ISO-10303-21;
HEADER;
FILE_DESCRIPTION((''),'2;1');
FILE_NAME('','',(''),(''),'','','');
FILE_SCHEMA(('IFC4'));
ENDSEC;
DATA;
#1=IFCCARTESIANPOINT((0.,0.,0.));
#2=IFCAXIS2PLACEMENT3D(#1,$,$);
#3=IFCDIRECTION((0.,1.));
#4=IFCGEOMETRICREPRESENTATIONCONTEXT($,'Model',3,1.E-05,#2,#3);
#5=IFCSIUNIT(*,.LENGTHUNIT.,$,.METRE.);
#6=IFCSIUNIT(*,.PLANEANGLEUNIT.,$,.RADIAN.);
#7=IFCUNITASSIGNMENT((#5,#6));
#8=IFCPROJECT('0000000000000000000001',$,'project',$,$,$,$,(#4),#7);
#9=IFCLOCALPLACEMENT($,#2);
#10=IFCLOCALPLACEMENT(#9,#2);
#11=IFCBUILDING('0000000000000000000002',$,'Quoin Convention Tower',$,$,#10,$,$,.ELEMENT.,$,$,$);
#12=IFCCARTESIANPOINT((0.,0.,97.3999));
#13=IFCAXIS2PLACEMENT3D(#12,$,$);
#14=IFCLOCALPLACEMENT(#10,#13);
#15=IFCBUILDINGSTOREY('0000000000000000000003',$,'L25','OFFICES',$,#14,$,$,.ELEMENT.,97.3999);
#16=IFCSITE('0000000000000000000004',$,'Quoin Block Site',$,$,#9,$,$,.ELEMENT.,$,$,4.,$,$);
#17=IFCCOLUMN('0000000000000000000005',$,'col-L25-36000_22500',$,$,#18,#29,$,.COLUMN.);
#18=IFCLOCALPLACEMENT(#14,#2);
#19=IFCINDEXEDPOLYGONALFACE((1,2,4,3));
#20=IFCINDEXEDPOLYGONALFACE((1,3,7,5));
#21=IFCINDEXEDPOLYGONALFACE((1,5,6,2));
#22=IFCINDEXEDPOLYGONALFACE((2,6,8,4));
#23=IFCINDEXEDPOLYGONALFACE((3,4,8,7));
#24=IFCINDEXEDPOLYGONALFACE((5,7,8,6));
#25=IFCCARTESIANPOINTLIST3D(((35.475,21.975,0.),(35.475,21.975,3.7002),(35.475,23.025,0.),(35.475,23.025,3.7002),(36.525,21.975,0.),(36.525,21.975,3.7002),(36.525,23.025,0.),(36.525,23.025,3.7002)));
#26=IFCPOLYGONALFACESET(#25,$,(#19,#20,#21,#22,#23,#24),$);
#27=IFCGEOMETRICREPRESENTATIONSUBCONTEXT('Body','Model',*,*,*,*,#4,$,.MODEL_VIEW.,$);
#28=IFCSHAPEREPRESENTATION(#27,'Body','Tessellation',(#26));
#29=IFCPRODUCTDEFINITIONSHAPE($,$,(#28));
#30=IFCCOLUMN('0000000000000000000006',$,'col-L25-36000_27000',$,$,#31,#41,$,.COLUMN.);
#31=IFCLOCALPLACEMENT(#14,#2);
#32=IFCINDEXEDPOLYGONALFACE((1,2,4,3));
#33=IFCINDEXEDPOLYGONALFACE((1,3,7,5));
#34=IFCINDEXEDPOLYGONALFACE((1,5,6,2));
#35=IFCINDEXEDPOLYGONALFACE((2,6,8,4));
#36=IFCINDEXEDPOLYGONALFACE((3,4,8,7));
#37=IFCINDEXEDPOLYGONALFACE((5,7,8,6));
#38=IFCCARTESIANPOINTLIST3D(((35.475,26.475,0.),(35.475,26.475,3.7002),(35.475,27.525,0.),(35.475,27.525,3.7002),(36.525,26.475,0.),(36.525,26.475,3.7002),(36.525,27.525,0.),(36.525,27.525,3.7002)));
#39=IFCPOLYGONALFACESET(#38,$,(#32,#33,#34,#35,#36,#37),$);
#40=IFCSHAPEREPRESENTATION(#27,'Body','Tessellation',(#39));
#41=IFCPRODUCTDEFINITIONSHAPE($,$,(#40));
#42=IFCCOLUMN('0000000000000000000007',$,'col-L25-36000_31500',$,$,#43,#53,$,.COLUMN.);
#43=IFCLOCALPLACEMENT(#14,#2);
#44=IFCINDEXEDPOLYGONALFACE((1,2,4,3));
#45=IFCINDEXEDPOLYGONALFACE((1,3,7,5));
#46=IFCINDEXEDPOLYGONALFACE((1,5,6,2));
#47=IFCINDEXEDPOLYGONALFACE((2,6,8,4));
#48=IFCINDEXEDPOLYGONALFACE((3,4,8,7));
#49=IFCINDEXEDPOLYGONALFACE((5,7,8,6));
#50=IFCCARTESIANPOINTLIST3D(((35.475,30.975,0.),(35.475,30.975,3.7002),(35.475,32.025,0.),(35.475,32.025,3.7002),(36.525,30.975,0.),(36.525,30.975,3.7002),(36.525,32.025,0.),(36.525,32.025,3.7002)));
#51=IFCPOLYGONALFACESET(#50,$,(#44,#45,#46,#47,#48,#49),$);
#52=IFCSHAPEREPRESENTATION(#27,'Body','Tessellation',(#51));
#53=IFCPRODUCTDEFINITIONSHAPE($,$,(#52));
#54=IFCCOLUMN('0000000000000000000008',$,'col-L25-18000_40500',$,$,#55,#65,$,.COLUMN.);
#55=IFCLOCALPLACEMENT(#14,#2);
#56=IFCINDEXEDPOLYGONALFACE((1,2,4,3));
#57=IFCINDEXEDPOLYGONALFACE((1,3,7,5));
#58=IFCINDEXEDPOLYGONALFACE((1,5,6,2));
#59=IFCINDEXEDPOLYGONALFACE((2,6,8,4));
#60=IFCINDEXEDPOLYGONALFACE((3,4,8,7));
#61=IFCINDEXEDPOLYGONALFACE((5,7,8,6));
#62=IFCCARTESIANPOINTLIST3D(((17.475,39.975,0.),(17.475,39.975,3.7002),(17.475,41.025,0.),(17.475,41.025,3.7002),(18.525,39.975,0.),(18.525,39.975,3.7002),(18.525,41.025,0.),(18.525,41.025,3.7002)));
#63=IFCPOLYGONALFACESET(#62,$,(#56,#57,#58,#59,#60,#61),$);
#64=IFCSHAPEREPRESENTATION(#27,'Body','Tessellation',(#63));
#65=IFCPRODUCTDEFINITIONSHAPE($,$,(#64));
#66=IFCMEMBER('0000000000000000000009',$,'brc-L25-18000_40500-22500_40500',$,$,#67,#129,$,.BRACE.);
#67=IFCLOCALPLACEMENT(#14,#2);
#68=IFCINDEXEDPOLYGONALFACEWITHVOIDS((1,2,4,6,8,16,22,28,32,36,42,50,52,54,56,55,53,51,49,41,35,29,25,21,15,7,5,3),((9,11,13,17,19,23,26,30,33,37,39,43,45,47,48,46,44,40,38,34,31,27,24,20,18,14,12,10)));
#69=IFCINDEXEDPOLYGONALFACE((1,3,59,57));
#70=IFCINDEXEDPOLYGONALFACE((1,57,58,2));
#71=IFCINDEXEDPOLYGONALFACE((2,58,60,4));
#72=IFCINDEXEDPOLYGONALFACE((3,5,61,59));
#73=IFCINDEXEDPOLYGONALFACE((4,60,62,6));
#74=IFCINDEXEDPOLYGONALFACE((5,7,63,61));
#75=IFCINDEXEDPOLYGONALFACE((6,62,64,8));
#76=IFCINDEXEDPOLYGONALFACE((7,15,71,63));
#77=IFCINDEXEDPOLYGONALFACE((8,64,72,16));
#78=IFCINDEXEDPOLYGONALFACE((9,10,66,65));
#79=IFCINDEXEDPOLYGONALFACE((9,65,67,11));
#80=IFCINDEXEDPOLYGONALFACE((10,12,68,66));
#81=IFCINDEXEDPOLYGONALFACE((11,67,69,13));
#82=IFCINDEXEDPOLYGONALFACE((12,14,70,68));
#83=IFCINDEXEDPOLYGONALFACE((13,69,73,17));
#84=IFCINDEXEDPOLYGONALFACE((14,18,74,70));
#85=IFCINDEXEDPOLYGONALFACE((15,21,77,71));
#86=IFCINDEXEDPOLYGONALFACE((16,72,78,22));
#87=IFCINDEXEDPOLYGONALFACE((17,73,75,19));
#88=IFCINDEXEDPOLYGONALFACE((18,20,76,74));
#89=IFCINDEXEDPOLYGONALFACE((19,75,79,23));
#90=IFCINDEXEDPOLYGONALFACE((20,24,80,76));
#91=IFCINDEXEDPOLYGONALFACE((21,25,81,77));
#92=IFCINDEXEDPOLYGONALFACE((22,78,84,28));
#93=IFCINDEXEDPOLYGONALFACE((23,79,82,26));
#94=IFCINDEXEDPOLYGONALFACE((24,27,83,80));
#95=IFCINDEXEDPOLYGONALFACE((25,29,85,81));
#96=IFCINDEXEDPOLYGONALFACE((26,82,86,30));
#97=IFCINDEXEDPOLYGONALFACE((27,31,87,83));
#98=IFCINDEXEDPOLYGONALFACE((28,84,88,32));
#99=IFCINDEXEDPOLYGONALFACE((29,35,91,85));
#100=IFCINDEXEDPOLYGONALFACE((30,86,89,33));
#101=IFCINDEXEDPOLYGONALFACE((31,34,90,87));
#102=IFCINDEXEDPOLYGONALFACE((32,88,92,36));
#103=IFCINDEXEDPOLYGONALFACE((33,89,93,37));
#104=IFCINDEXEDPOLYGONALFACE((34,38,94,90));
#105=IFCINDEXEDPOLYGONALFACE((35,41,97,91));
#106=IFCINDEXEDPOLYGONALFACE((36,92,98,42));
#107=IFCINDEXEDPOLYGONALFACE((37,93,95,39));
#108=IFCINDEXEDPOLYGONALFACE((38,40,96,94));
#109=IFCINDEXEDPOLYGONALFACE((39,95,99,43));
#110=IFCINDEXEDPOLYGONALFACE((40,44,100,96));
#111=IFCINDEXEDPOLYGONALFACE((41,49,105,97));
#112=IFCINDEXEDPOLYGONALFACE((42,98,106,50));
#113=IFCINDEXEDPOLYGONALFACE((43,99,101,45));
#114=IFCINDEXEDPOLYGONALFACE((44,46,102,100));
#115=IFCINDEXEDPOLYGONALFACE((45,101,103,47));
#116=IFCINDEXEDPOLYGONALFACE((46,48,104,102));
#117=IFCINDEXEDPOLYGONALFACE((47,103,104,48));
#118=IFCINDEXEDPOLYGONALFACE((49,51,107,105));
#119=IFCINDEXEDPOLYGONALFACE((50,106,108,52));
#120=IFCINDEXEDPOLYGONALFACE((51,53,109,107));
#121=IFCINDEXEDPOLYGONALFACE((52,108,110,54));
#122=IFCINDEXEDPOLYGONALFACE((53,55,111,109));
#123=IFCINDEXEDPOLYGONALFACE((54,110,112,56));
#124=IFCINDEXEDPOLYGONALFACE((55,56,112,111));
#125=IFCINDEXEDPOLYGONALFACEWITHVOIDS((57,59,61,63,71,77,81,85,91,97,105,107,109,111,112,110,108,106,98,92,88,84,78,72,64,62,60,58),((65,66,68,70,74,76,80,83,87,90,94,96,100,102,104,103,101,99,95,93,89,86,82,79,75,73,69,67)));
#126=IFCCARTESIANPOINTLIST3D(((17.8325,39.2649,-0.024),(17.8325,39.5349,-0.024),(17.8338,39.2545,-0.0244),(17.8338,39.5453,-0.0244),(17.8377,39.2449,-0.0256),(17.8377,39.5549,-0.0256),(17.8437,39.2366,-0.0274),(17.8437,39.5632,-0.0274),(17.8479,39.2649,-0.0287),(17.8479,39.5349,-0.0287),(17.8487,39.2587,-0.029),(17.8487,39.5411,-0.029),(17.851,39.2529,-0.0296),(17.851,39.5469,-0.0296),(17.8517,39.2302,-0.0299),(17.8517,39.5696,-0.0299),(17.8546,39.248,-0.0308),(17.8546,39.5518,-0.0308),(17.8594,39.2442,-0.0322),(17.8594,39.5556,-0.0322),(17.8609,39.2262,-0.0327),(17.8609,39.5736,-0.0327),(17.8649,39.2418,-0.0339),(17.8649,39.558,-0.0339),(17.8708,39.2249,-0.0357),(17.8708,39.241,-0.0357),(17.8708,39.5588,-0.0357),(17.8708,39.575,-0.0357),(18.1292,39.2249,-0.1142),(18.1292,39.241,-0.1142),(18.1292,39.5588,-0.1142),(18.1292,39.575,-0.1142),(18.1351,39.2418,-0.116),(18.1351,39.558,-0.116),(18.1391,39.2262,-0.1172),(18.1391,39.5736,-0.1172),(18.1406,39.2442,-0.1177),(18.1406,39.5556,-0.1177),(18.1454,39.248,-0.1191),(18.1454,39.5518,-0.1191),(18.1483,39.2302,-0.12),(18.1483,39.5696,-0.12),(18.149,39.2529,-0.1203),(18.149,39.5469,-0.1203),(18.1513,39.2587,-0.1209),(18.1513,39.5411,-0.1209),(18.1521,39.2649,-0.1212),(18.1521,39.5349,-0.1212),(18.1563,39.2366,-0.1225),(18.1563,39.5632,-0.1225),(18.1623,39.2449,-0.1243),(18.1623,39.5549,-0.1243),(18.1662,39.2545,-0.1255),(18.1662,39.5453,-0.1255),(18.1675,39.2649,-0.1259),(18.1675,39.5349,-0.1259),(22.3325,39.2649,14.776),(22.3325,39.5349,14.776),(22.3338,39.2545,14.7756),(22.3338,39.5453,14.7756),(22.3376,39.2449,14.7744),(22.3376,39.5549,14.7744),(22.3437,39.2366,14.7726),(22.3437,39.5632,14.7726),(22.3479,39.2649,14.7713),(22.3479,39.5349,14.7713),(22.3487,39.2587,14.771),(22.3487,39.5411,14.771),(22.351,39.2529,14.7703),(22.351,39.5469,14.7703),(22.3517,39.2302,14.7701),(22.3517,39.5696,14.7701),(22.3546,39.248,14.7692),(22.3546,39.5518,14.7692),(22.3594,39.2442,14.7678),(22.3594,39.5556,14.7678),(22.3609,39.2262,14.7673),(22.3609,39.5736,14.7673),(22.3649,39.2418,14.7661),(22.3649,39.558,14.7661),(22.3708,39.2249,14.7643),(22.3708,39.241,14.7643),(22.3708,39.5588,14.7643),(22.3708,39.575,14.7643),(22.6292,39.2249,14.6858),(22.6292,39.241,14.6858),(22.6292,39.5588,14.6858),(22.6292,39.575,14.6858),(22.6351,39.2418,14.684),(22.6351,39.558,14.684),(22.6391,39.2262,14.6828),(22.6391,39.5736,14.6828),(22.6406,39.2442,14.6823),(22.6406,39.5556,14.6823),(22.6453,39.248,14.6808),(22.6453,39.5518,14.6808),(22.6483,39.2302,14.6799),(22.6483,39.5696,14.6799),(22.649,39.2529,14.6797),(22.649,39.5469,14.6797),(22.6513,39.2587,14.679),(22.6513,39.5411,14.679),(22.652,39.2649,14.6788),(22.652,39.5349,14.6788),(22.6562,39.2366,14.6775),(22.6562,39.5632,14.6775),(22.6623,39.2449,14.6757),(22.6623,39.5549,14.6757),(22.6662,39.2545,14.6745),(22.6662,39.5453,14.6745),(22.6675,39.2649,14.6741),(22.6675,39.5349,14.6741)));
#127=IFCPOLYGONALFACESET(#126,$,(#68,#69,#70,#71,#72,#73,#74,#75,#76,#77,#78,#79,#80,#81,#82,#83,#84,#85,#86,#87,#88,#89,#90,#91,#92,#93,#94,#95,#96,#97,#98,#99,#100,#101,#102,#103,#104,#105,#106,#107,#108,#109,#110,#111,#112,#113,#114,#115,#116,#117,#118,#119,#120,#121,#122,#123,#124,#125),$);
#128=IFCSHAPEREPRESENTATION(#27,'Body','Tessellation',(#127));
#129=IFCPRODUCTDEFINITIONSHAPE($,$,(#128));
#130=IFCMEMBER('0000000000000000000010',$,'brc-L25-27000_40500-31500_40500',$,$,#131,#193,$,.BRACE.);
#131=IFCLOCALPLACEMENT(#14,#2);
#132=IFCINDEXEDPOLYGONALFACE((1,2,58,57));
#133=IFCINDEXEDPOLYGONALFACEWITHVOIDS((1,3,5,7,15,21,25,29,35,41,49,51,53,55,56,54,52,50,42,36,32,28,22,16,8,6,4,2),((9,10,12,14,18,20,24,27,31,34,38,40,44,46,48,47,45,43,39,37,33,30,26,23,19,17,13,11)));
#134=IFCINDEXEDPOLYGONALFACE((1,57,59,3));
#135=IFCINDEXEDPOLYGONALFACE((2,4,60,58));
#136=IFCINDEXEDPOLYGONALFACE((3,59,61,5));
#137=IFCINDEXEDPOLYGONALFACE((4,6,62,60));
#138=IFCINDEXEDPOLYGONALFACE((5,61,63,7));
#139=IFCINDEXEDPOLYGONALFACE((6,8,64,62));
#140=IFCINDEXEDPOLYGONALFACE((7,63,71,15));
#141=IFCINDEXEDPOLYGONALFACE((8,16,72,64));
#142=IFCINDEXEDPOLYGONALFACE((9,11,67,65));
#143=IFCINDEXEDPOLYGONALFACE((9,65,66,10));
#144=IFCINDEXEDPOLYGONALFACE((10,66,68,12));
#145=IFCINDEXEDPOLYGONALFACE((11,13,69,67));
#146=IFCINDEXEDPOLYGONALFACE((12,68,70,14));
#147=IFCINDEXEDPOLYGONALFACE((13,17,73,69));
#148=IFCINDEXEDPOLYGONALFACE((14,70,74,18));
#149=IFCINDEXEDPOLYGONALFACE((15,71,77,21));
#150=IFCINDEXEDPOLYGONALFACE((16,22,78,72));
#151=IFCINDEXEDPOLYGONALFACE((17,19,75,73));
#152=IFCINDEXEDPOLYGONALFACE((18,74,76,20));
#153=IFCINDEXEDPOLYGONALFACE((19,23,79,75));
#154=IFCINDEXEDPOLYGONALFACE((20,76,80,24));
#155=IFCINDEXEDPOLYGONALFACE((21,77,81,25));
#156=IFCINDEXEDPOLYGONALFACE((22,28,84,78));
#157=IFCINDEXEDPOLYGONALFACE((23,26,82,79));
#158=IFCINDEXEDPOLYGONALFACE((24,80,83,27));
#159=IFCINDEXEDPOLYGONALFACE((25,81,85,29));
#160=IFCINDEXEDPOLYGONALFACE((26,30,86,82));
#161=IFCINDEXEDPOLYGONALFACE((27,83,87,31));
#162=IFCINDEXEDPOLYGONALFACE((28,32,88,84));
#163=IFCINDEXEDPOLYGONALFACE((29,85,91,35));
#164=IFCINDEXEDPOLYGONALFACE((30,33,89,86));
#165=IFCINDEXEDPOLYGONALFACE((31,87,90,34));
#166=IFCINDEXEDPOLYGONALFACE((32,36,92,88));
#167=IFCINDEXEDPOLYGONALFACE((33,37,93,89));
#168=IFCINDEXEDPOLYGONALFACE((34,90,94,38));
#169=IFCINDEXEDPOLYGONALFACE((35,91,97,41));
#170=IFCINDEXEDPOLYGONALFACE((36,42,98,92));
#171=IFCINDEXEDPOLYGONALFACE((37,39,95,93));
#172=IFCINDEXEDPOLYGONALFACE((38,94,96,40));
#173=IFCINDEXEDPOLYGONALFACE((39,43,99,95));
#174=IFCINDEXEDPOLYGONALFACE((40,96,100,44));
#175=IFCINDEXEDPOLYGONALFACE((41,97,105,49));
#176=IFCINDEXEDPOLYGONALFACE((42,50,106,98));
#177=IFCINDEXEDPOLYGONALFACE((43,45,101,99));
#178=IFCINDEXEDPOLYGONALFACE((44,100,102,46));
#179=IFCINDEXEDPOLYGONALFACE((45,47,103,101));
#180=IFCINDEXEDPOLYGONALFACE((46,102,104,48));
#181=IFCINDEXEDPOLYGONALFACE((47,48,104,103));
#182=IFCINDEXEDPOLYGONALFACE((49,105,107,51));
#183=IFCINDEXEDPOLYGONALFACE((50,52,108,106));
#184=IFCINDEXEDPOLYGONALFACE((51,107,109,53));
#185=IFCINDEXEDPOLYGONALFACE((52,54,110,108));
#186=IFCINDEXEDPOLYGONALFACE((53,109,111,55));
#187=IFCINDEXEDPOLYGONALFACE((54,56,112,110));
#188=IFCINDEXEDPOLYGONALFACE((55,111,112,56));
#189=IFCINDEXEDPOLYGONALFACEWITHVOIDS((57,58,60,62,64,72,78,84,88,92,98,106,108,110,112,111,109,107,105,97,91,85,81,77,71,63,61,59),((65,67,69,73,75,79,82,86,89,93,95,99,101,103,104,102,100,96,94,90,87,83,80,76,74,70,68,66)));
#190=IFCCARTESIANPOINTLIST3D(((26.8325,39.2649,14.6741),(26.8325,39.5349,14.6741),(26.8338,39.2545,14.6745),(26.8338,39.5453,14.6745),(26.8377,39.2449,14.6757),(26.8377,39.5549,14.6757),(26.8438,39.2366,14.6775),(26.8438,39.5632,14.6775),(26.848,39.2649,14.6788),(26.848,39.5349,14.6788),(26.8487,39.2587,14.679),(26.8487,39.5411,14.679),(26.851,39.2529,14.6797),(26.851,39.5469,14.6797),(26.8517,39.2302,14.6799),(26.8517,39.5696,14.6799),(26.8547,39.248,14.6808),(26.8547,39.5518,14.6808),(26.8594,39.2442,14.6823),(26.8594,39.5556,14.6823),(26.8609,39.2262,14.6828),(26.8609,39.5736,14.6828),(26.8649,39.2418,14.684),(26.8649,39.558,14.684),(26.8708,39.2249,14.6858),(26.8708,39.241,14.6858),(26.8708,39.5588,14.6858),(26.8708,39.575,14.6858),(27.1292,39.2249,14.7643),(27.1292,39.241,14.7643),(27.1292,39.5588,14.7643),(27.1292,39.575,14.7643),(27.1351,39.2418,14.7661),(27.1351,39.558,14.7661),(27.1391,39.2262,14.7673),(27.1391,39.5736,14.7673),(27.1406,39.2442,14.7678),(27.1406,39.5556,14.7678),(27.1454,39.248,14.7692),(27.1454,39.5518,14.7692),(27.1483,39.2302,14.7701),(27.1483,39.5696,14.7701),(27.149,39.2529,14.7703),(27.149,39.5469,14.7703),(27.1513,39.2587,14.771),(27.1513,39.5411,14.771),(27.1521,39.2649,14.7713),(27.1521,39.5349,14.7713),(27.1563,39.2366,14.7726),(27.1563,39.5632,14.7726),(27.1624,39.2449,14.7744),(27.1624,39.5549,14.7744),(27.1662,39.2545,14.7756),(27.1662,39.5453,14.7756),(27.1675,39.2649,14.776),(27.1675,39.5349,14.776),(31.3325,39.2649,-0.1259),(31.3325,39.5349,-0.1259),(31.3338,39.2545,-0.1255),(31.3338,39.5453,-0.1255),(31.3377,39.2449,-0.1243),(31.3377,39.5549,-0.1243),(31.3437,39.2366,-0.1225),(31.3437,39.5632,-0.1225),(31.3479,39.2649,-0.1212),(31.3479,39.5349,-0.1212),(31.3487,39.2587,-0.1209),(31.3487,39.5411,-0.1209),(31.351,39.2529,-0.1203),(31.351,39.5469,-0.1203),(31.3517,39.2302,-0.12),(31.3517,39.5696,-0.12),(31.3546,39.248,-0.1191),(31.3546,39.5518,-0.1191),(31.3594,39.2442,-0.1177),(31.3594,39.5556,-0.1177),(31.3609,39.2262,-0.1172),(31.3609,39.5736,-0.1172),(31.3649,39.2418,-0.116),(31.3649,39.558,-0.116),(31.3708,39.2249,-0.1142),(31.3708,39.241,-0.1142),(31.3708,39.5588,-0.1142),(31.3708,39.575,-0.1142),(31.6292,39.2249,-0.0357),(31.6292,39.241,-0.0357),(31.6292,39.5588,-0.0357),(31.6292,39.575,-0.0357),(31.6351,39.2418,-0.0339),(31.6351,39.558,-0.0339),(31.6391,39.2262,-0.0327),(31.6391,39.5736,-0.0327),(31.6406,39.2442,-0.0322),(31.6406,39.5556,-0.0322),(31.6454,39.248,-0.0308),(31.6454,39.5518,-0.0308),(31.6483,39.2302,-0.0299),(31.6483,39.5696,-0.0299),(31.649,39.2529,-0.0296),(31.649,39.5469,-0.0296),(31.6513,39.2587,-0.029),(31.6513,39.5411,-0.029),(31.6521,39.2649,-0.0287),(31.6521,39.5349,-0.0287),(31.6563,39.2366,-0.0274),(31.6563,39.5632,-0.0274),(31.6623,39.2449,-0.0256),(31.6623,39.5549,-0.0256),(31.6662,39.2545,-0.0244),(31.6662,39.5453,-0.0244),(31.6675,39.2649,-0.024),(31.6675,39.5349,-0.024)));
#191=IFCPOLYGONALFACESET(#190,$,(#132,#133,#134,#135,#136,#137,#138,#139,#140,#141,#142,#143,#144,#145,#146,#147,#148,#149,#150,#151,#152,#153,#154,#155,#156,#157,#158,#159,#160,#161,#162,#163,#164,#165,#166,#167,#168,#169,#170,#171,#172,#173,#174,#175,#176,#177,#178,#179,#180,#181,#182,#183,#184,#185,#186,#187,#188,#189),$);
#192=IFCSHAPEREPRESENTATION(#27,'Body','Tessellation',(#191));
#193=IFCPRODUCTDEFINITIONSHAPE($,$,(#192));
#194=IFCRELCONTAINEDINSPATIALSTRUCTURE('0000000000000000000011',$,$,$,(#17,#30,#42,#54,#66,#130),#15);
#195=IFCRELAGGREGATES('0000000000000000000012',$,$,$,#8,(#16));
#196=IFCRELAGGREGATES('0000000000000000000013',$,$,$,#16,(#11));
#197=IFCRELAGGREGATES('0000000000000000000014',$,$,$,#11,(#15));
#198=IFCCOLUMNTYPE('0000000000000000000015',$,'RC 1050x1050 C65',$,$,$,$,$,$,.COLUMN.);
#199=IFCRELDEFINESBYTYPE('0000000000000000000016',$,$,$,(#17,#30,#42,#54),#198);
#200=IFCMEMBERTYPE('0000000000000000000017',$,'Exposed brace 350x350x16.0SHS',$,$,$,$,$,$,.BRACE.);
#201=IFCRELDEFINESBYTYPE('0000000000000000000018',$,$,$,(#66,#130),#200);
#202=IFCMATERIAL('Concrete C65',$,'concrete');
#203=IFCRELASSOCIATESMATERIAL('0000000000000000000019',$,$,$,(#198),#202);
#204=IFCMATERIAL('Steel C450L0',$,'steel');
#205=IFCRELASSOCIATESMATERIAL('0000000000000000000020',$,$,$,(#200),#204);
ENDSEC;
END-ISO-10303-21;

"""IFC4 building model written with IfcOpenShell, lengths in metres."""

from ifc_helpers import new_model, si_unit, direction, frame, origin, origin_2d, place, context, subcontext, project, spatial, rectangle, hollow_rectangle, extrude, material, material_profile, profile_set, type_object, element, save


model = new_model("IFC4")

# Units and contexts
model_context = context("Model", 3, precision=1e-05, world=origin(), true_north=direction((0.0, 1.0)))
body_context = subcontext(model_context, "Body", "Model", "MODEL_VIEW")
ifc_project = project(units=[si_unit("LENGTHUNIT", "METRE"), si_unit("PLANEANGLEUNIT", "RADIAN")], contexts=[model_context])

# Site, building, storey
site_placement = place(None, origin())
site = spatial("IfcSite", under=ifc_project, at=site_placement, Name="Quoin Block Site", CompositionType="ELEMENT", RefElevation=4.0)
building_placement = place(site_placement, origin())
building = spatial("IfcBuilding", under=site, at=building_placement, Name="Quoin Convention Tower", CompositionType="ELEMENT")
storey_placement = place(building_placement, frame((0.0, 0.0, 97.3999)))
storey = spatial("IfcBuildingStorey", under=building, at=storey_placement, Name="L25", Description="OFFICES", CompositionType="ELEMENT", Elevation=97.3999)

# Columns
ifc_material_1 = material(Name="Concrete C65", Category="concrete")
ifc_material_profile_1 = material_profile(ifc_material_1, rectangle(XDim=1.05, YDim=1.05, at=origin_2d()), Name="RC 1050x1050")
ifc_profile_set_1 = profile_set([ifc_material_profile_1], Name="Concrete C65")
column_type = type_object("IfcColumnType", Name="RC 1050x1050 C65", PredefinedType="COLUMN", material=ifc_profile_set_1)
for number, where, z_axis, x_axis, name in (
    (1, (36.0, 22.5, 0.0), (0.0, 0.0, 1.0), (1.0, 0.0, 0.0), "col-L25-36000_22500"),
    (2, (36.0, 27.0, 0.0), (0.0, 0.0, 1.0), (1.0, 0.0, 0.0), "col-L25-36000_27000"),
    (3, (36.0, 31.5, 0.0), (0.0, 0.0, 1.0), (1.0, 0.0, 0.0), "col-L25-36000_31500"),
    (4, (18.0, 40.5, 0.0), (0.0, 0.0, 1.0), (1.0, 0.0, 0.0), "col-L25-18000_40500"),
):
    element("IfcColumn", number, at=place(storey_placement, frame(where, z_axis=z_axis, x_axis=x_axis)), inside=storey, type_object=column_type, Name=name, PredefinedType="COLUMN", context=body_context, shape_type="SweptSolid", body=[
        extrude(rectangle(XDim=1.05, YDim=1.05, at=origin_2d()), origin(), (0.0, 0.0, 1.0), 3.7002),
    ])

# Members
ifc_material_2 = material(Name="Steel C450L0", Category="steel")
ifc_material_profile_2 = material_profile(ifc_material_2, hollow_rectangle(XDim=0.3501, YDim=0.3501, WallThickness=0.0161, InnerFilletRadius=0.0239, OuterFilletRadius=0.04, at=origin_2d()), Name="350x350x16.0SHS")
ifc_profile_set_2 = profile_set([ifc_material_profile_2], Name="Steel C450L0")
member_type = type_object("IfcMemberType", Name="Exposed brace 350x350x16.0SHS", PredefinedType="BRACE", material=ifc_profile_set_2)
for number, where, z_axis, x_axis, name in (
    (5, (18.0, 39.3999, -0.075), (0.290903, 0.0, 0.956752), (0.0, 1.0, 0.0), "brc-L25-18000_40500-22500_40500"),
    (6, (31.5, 39.3999, -0.075), (-0.290903, 0.0, 0.956752), (0.0, -1.0, 0.0), "brc-L25-27000_40500-31500_40500"),
):
    element("IfcMember", number, at=place(storey_placement, frame(where, z_axis=z_axis, x_axis=x_axis)), inside=storey, type_object=member_type, Name=name, PredefinedType="BRACE", context=body_context, shape_type="SweptSolid", body=[
        extrude(hollow_rectangle(XDim=0.3501, YDim=0.3501, WallThickness=0.0161, InnerFilletRadius=0.0239, OuterFilletRadius=0.04, at=origin_2d()), origin(), (0.0, 0.0, 1.0), 15.469),
    ])

save(model, "model.ifc")
